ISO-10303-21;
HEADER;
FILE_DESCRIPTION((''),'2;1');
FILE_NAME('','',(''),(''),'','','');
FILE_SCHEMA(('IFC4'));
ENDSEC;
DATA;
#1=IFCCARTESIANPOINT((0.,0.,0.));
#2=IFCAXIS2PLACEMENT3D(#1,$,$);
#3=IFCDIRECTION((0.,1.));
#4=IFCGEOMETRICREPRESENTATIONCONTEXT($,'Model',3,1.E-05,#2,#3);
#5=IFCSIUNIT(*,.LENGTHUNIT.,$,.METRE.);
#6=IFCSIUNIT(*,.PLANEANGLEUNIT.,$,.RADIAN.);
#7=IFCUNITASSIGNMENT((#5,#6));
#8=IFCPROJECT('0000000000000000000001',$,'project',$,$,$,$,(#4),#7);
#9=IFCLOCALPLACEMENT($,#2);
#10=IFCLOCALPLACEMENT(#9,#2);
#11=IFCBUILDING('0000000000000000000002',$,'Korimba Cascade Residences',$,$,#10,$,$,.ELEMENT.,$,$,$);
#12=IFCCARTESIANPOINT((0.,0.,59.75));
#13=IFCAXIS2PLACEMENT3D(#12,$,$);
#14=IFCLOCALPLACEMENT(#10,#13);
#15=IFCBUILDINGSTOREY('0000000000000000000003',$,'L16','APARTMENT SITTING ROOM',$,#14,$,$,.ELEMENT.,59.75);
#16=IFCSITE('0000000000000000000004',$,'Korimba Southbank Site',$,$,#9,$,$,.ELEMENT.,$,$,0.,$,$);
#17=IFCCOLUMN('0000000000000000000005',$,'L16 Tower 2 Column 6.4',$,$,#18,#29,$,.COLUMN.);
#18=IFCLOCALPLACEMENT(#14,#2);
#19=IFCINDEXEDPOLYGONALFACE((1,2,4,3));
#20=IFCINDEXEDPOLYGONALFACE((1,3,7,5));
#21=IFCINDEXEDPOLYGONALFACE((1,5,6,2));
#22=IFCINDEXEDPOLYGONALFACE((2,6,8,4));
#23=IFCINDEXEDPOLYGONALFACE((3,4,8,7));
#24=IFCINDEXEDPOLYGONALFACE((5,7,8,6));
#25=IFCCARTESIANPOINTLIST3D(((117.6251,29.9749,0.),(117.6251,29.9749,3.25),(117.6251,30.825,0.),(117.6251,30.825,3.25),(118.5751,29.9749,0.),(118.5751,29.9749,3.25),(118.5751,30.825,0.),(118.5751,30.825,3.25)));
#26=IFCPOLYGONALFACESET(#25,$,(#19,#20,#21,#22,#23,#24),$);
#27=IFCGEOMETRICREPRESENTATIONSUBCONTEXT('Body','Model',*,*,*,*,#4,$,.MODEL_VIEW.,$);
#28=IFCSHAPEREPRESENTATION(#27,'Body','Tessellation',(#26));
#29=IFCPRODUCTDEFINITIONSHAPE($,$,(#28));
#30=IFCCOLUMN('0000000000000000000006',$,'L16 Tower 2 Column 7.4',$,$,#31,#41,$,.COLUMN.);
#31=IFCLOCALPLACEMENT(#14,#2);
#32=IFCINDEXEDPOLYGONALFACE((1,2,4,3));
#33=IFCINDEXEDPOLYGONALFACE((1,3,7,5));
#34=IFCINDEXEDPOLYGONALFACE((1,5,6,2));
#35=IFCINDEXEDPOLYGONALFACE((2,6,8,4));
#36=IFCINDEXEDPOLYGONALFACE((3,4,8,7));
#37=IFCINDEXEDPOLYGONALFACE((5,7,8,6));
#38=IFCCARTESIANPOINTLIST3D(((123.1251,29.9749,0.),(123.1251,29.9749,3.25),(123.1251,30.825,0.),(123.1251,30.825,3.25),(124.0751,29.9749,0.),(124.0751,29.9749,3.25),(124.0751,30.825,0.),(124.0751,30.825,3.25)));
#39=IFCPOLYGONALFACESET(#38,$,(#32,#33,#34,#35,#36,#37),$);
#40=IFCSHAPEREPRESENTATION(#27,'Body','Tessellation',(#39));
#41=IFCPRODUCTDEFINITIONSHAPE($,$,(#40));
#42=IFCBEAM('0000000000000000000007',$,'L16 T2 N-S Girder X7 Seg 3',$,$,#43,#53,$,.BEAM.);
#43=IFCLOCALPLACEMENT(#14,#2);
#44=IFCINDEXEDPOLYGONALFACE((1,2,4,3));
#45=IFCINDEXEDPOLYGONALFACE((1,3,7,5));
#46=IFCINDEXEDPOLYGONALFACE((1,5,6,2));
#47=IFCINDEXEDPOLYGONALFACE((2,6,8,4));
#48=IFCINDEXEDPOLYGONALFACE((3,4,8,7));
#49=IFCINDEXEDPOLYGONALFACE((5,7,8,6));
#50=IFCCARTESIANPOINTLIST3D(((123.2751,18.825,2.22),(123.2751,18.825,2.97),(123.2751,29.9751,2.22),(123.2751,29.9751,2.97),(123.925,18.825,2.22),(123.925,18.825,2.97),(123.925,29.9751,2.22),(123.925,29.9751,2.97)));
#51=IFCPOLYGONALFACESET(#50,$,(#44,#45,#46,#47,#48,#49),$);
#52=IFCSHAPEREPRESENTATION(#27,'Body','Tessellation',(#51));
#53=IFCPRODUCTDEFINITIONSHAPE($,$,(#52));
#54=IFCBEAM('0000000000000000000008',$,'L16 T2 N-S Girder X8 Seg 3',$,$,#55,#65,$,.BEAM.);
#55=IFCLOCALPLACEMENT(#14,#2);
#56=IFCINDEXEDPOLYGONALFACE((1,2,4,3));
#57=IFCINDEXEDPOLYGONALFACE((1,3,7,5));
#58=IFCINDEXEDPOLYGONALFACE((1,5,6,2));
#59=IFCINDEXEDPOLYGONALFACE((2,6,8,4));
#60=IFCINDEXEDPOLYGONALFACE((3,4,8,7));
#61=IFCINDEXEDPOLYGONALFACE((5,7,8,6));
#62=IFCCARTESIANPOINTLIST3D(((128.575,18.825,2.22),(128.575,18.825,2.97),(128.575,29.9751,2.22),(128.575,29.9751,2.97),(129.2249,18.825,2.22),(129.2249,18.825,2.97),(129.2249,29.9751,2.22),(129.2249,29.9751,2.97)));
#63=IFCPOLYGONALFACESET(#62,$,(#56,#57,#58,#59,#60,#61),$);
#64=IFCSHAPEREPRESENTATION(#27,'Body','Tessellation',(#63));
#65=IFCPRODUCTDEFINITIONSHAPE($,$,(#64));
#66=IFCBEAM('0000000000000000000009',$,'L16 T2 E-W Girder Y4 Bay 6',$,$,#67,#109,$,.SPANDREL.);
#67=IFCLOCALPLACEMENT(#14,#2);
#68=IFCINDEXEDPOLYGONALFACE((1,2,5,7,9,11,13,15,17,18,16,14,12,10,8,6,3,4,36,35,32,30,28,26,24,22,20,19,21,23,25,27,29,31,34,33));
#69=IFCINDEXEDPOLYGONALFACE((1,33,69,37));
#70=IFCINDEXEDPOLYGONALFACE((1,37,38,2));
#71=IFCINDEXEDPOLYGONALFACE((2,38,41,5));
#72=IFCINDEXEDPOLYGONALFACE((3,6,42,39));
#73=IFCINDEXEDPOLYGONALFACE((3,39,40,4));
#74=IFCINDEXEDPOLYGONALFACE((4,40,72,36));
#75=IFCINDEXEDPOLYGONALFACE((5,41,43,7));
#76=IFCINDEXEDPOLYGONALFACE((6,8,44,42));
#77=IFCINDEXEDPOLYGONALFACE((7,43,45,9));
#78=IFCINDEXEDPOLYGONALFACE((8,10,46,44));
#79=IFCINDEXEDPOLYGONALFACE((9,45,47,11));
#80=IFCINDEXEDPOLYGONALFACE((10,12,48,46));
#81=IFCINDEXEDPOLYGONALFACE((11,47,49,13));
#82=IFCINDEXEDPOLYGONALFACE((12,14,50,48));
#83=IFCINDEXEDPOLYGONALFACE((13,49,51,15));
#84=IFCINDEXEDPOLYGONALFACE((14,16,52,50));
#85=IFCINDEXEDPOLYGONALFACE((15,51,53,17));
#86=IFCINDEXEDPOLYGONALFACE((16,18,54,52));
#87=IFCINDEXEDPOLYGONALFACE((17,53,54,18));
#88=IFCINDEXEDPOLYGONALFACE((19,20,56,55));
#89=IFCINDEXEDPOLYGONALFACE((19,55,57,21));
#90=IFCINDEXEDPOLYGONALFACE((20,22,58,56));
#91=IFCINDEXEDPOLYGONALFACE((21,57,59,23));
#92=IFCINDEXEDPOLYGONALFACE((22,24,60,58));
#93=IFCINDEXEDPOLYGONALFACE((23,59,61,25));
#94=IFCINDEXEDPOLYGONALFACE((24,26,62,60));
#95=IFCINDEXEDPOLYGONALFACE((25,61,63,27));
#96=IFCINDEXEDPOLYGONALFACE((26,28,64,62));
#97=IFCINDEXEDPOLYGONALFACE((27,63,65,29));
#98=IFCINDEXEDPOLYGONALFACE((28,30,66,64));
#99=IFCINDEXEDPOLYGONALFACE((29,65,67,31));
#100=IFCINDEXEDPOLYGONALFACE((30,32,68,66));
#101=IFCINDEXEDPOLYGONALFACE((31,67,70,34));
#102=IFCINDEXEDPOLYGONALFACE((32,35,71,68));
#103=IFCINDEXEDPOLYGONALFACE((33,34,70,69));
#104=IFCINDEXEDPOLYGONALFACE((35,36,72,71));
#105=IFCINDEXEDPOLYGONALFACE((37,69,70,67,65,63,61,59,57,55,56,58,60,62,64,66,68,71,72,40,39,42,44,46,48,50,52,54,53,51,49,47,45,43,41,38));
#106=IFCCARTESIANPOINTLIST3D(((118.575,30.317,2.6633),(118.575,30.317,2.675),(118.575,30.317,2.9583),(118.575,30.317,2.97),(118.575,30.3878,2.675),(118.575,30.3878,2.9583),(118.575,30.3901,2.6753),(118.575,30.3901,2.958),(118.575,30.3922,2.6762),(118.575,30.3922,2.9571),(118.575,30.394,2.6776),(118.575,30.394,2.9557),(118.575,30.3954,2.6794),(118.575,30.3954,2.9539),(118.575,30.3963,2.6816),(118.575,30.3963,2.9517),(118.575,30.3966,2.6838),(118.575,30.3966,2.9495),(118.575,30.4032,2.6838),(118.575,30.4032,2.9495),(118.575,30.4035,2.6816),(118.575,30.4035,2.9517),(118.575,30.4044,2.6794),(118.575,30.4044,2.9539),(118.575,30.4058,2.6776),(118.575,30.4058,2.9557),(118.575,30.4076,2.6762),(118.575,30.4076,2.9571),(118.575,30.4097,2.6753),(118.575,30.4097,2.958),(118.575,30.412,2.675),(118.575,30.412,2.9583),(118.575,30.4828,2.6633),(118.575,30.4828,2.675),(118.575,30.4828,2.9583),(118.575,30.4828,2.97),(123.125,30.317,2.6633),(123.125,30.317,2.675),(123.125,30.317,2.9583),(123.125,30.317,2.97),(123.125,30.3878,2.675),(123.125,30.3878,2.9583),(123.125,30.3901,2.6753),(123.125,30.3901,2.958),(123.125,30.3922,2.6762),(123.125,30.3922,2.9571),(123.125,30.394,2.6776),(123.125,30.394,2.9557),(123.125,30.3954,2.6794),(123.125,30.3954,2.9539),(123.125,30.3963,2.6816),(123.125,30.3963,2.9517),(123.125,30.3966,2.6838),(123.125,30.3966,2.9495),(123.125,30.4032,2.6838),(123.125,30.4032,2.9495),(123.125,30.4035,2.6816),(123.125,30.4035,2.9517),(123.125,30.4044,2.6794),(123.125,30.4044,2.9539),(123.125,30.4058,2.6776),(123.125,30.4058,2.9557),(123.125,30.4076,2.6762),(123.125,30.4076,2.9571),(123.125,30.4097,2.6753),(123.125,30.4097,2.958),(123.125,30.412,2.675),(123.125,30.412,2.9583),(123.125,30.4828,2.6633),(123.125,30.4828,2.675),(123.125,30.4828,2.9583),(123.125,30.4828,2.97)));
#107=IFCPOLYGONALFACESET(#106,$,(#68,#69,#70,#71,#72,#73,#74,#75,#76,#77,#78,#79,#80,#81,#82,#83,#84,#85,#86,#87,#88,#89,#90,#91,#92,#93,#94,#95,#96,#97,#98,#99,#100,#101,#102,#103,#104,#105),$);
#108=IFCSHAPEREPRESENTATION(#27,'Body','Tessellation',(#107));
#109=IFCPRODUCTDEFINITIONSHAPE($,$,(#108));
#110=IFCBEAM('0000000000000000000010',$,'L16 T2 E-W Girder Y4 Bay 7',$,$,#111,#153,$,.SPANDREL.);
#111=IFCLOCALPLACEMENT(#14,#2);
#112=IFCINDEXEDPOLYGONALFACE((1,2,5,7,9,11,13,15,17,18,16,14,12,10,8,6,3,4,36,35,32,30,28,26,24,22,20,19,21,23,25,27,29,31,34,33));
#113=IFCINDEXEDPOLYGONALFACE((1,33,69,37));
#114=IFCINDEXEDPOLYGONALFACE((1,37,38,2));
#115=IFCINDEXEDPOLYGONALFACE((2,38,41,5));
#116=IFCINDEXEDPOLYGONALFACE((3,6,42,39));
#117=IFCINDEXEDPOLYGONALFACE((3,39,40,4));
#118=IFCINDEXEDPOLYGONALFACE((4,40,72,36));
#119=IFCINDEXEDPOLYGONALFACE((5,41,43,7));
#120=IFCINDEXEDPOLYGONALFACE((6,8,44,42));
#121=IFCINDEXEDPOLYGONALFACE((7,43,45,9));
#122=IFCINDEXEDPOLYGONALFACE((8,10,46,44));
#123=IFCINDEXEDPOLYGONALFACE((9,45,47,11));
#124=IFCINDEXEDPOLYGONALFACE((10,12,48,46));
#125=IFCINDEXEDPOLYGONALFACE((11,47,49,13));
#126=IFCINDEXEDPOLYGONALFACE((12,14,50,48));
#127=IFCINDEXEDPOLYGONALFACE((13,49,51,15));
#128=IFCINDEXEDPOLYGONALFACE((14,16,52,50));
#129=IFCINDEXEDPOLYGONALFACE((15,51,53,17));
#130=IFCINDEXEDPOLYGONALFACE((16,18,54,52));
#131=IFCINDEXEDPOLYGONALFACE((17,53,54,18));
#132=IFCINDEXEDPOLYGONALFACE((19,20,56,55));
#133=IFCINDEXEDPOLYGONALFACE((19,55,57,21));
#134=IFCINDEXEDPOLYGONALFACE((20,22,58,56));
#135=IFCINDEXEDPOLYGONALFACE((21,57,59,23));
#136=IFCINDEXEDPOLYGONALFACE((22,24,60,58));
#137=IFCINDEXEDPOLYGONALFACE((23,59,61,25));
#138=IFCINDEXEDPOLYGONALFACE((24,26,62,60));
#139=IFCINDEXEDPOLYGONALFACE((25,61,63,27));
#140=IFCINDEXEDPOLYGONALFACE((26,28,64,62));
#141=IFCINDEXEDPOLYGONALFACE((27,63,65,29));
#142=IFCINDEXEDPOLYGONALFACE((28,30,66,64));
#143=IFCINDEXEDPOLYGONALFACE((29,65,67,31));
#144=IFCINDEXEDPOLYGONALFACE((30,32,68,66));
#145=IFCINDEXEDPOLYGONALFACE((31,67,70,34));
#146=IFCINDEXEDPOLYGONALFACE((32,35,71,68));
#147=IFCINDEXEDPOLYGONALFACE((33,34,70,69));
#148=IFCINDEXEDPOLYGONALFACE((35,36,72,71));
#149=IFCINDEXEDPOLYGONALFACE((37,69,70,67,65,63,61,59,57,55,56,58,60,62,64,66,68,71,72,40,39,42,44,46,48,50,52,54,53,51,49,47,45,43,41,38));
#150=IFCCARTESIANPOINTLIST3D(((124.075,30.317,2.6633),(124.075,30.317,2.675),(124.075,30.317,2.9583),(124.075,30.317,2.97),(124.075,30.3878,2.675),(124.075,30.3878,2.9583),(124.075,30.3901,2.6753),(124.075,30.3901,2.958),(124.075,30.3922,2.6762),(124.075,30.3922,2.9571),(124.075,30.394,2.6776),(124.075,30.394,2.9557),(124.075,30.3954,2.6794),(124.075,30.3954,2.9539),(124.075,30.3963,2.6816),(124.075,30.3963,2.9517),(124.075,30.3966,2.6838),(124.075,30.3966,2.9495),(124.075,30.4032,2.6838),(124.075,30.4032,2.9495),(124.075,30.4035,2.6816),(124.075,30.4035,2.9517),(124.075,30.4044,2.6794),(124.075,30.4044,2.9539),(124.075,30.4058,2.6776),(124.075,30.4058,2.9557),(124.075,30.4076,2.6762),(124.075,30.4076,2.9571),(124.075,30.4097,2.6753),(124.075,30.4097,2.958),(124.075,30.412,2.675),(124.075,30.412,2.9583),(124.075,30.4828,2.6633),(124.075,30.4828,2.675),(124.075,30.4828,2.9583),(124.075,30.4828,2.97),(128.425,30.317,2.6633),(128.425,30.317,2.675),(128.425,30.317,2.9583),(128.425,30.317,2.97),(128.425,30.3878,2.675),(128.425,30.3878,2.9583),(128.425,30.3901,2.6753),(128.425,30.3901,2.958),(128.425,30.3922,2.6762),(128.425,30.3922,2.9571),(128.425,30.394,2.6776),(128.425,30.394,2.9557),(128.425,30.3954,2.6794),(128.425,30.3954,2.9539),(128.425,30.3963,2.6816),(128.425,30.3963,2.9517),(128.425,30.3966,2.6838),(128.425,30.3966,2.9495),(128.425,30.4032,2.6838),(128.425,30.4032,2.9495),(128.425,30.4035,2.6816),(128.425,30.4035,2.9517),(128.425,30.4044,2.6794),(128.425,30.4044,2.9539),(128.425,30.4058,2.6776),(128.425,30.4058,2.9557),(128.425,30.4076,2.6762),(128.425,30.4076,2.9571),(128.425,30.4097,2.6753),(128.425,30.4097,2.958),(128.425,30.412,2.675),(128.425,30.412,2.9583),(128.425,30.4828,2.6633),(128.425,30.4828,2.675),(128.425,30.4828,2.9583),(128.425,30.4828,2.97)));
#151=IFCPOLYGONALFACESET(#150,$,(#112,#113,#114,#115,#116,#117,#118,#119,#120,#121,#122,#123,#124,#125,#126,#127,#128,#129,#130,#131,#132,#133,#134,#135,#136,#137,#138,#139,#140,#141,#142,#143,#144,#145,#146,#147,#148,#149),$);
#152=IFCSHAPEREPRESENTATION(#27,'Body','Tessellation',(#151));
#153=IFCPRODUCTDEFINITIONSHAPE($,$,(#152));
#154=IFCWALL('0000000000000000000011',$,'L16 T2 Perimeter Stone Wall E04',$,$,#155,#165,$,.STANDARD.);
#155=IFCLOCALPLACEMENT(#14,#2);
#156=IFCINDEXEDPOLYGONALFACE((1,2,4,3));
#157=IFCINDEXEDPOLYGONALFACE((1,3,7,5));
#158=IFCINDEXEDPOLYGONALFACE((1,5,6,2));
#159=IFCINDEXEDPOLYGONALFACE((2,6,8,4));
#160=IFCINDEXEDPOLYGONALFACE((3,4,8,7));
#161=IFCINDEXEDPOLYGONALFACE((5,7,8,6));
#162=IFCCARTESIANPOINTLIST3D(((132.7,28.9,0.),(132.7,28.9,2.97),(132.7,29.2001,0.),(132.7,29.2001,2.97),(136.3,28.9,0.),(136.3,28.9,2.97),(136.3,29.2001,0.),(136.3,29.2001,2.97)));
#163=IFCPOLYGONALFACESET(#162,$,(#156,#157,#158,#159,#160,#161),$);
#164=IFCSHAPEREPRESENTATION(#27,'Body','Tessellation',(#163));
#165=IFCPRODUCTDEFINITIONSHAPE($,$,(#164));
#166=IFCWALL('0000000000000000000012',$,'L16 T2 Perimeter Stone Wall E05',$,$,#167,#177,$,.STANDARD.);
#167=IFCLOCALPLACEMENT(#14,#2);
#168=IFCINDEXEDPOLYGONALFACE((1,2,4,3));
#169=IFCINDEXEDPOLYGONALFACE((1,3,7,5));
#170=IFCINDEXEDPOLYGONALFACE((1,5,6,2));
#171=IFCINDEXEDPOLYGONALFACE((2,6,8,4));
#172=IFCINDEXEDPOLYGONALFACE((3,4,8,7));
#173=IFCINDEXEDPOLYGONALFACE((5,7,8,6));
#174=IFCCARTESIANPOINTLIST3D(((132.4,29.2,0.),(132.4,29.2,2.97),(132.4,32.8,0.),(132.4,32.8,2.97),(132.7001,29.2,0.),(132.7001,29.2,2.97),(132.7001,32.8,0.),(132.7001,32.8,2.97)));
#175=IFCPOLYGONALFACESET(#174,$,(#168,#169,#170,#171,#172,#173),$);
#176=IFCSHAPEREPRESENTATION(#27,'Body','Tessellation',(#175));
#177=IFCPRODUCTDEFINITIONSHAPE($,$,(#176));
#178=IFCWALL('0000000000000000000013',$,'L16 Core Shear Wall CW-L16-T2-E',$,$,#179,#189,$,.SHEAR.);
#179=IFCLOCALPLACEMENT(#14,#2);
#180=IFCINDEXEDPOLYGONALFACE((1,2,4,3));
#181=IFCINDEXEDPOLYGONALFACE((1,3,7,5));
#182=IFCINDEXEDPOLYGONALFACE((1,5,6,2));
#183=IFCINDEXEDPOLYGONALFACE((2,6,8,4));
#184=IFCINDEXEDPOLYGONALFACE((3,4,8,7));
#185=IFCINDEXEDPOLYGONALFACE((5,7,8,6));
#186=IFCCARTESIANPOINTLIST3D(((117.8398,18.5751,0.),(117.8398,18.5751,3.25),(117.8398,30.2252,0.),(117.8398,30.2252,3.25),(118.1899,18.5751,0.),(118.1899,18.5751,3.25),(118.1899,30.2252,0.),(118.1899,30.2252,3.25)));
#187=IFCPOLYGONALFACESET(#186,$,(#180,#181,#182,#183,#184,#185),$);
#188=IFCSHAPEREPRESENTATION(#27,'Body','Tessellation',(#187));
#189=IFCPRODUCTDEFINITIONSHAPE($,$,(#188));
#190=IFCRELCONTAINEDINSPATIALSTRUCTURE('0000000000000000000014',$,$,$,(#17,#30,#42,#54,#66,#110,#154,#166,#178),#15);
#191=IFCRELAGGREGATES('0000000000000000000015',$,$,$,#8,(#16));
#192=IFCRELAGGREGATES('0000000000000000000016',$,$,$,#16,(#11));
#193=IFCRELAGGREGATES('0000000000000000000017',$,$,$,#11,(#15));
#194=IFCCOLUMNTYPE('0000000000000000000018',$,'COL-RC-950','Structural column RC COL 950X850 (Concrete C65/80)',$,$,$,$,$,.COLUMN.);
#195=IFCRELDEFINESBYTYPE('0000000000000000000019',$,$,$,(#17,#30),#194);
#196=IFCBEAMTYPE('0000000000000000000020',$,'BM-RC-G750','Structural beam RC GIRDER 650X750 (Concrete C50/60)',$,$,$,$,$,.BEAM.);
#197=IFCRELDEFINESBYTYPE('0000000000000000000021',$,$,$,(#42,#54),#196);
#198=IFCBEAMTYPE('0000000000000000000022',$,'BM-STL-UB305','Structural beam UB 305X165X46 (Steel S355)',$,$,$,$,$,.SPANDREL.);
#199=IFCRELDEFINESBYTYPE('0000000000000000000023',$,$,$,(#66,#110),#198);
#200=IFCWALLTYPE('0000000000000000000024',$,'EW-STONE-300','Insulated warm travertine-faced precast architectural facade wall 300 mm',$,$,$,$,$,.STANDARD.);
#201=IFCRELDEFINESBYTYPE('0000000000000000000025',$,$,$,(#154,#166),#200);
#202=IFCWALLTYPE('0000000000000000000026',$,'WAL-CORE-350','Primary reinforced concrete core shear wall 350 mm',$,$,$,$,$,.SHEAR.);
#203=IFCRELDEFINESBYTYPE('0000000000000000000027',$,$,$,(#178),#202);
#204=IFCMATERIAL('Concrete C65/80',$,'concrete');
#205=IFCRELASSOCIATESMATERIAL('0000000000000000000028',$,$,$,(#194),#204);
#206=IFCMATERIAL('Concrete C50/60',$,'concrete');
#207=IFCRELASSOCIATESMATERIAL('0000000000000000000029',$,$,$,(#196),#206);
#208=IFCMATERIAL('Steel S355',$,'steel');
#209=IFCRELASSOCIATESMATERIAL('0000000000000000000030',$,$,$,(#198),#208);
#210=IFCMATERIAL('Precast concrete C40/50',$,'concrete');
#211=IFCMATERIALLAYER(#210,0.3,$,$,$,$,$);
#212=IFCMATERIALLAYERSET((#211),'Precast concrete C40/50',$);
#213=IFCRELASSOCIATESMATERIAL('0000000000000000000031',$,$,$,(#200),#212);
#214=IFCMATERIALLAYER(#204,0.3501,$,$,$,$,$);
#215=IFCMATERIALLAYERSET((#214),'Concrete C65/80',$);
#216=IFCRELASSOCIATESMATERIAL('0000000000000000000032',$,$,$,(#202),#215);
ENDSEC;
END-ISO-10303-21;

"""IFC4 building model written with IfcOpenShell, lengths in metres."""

from ifc_helpers import new_model, si_unit, direction, frame, frame_2d, origin, origin_2d, place, context, subcontext, project, spatial, rectangle, i_section, extrude, material, layer, layer_set, material_profile, profile_set, type_object, element, save


model = new_model("IFC4")

# Units and contexts
model_context = context("Model", 3, precision=1e-05, world=origin(), true_north=direction((0.0, 1.0)))
body_context = subcontext(model_context, "Body", "Model", "MODEL_VIEW")
ifc_project = project(units=[si_unit("LENGTHUNIT", "METRE"), si_unit("PLANEANGLEUNIT", "RADIAN")], contexts=[model_context])

# Site, building, storey
site_placement = place(None, origin())
site = spatial("IfcSite", under=ifc_project, at=site_placement, Name="Korimba Southbank Site", CompositionType="ELEMENT", RefElevation=0.0)
building_placement = place(site_placement, origin())
building = spatial("IfcBuilding", under=site, at=building_placement, Name="Korimba Cascade Residences", CompositionType="ELEMENT")
storey_placement = place(building_placement, frame((0.0, 0.0, 59.75)))
storey = spatial("IfcBuildingStorey", under=building, at=storey_placement, Name="L16", Description="APARTMENT SITTING ROOM", CompositionType="ELEMENT", Elevation=59.75)

# Columns
ifc_material_1 = material(Name="Concrete C65/80", Category="concrete")
ifc_material_profile_1 = material_profile(ifc_material_1, rectangle(XDim=0.95, YDim=0.8501, at=origin_2d()), Name="Concrete C65/80")
ifc_profile_set_1 = profile_set([ifc_material_profile_1], Name="Concrete C65/80")
column_type = type_object("IfcColumnType", Name="COL-RC-950", Description="Structural column RC COL 950X850 (Concrete C65/80)", PredefinedType="COLUMN", material=ifc_profile_set_1)
for number, where, z_axis, x_axis, name in (
    (1, (118.1001, 30.3999, 0.0), (0.0, 0.0, 1.0), (1.0, 0.0, 0.0), "L16 Tower 2 Column 6.4"),
    (2, (123.6001, 30.3999, 0.0), (0.0, 0.0, 1.0), (1.0, 0.0, 0.0), "L16 Tower 2 Column 7.4"),
):
    element("IfcColumn", number, at=place(storey_placement, frame(where, z_axis=z_axis, x_axis=x_axis)), inside=storey, type_object=column_type, Name=name, PredefinedType="COLUMN", context=body_context, shape_type="SweptSolid", body=[
        extrude(rectangle(XDim=0.95, YDim=0.8501, at=origin_2d()), origin(), (0.0, 0.0, 1.0), 3.25),
    ])

# Beams
ifc_material_2 = material(Name="Concrete C50/60", Category="concrete")
ifc_material_profile_2 = material_profile(ifc_material_2, rectangle(XDim=0.6499, YDim=0.75, at=origin_2d()), Name="Concrete C50/60")
ifc_profile_set_2 = profile_set([ifc_material_profile_2], Name="Concrete C50/60")
beam_type_1 = type_object("IfcBeamType", Name="BM-RC-G750", Description="Structural beam RC GIRDER 650X750 (Concrete C50/60)", PredefinedType="BEAM", material=ifc_profile_set_2)
for number, where, z_axis, x_axis, name in (
    (3, (123.6001, 18.825, 2.595), (0.0, 1.0, 0.0), (-1.0, 0.0, 0.0), "L16 T2 N-S Girder X7 Seg 3"),
    (4, (128.8999, 18.825, 2.595), (0.0, 1.0, 0.0), (-1.0, 0.0, 0.0), "L16 T2 N-S Girder X8 Seg 3"),
):
    element("IfcBeam", number, at=place(storey_placement, frame(where, z_axis=z_axis, x_axis=x_axis)), inside=storey, type_object=beam_type_1, Name=name, PredefinedType="BEAM", context=body_context, shape_type="SweptSolid", body=[
        extrude(rectangle(XDim=0.6499, YDim=0.75, at=origin_2d()), origin(), (0.0, 0.0, 1.0), 11.1501),
    ])
ifc_material_3 = material(Name="Steel S355", Category="steel")
ifc_material_profile_3 = material_profile(ifc_material_3, i_section(OverallWidth=0.1658, OverallDepth=0.3066, WebThickness=0.0066, FlangeThickness=0.0117, FilletRadius=0.0088, at=origin_2d()), Name="Steel S355")
ifc_profile_set_3 = profile_set([ifc_material_profile_3], Name="Steel S355")
beam_type_2 = type_object("IfcBeamType", Name="BM-STL-UB305", Description="Structural beam UB 305X165X46 (Steel S355)", PredefinedType="SPANDREL", material=ifc_profile_set_3)
beam_1_placement = place(storey_placement, frame((118.575, 30.3999, 2.8167), z_axis=(1.0, 0.0, 0.0), x_axis=(0.0, 1.0, 0.0)))
element("IfcBeam", 5, at=beam_1_placement, inside=storey, type_object=beam_type_2, Name="L16 T2 E-W Girder Y4 Bay 6", PredefinedType="SPANDREL", context=body_context, shape_type="SweptSolid", body=[
    extrude(i_section(OverallWidth=0.1658, OverallDepth=0.3066, WebThickness=0.0066, FlangeThickness=0.0117, FilletRadius=0.0088, at=origin_2d()), origin(), (0.0, 0.0, 1.0), 4.55),
])
beam_2_placement = place(storey_placement, frame((124.075, 30.3999, 2.8167), z_axis=(1.0, 0.0, 0.0), x_axis=(0.0, 1.0, 0.0)))
element("IfcBeam", 6, at=beam_2_placement, inside=storey, type_object=beam_type_2, Name="L16 T2 E-W Girder Y4 Bay 7", PredefinedType="SPANDREL", context=body_context, shape_type="SweptSolid", body=[
    extrude(i_section(OverallWidth=0.1658, OverallDepth=0.3066, WebThickness=0.0066, FlangeThickness=0.0117, FilletRadius=0.0088, at=origin_2d()), origin(), (0.0, 0.0, 1.0), 4.3501),
])

# Walls
ifc_material_4 = material(Name="Precast concrete C40/50", Category="concrete")
ifc_layer_1 = layer(ifc_material_4, 0.3)
ifc_layer_set_1 = layer_set([ifc_layer_1], Name="Precast concrete C40/50")
wall_type_1 = type_object("IfcWallType", Name="EW-STONE-300", Description="Insulated warm travertine-faced precast architectural facade wall 300 mm", PredefinedType="STANDARD", material=ifc_layer_set_1)
for number, where, z_axis, x_axis, name in (
    (7, (136.3, 29.05, 0.0), (0.0, 0.0, 1.0), (-1.0, 0.0, 0.0), "L16 T2 Perimeter Stone Wall E04"),
    (8, (132.55, 29.2, 0.0), (0.0, 0.0, 1.0), (0.0, 1.0, 0.0), "L16 T2 Perimeter Stone Wall E05"),
):
    element("IfcWall", number, at=place(storey_placement, frame(where, z_axis=z_axis, x_axis=x_axis)), inside=storey, type_object=wall_type_1, Name=name, PredefinedType="STANDARD", context=body_context, shape_type="SweptSolid", body=[
        extrude(rectangle(XDim=3.6001, YDim=0.3, at=frame_2d((1.8, 0.0))), origin(), (0.0, 0.0, 1.0), 2.97),
    ])
ifc_layer_2 = layer(ifc_material_1, 0.3501)
ifc_layer_set_2 = layer_set([ifc_layer_2], Name="Concrete C65/80")
wall_type_2 = type_object("IfcWallType", Name="WAL-CORE-350", Description="Primary reinforced concrete core shear wall 350 mm", PredefinedType="SHEAR", material=ifc_layer_set_2)
wall_1_placement = place(storey_placement, frame((118.0149, 18.575, 0.0), z_axis=(0.0, 0.0, 1.0), x_axis=(0.0, 1.0, 0.0)))
element("IfcWall", 9, at=wall_1_placement, inside=storey, type_object=wall_type_2, Name="L16 Core Shear Wall CW-L16-T2-E", PredefinedType="SHEAR", context=body_context, shape_type="SweptSolid", body=[
    extrude(rectangle(XDim=11.6501, YDim=0.3501, at=frame_2d((5.8252, 0.0))), origin(), (0.0, 0.0, 1.0), 3.25),
])

save(model, "model.ifc")
